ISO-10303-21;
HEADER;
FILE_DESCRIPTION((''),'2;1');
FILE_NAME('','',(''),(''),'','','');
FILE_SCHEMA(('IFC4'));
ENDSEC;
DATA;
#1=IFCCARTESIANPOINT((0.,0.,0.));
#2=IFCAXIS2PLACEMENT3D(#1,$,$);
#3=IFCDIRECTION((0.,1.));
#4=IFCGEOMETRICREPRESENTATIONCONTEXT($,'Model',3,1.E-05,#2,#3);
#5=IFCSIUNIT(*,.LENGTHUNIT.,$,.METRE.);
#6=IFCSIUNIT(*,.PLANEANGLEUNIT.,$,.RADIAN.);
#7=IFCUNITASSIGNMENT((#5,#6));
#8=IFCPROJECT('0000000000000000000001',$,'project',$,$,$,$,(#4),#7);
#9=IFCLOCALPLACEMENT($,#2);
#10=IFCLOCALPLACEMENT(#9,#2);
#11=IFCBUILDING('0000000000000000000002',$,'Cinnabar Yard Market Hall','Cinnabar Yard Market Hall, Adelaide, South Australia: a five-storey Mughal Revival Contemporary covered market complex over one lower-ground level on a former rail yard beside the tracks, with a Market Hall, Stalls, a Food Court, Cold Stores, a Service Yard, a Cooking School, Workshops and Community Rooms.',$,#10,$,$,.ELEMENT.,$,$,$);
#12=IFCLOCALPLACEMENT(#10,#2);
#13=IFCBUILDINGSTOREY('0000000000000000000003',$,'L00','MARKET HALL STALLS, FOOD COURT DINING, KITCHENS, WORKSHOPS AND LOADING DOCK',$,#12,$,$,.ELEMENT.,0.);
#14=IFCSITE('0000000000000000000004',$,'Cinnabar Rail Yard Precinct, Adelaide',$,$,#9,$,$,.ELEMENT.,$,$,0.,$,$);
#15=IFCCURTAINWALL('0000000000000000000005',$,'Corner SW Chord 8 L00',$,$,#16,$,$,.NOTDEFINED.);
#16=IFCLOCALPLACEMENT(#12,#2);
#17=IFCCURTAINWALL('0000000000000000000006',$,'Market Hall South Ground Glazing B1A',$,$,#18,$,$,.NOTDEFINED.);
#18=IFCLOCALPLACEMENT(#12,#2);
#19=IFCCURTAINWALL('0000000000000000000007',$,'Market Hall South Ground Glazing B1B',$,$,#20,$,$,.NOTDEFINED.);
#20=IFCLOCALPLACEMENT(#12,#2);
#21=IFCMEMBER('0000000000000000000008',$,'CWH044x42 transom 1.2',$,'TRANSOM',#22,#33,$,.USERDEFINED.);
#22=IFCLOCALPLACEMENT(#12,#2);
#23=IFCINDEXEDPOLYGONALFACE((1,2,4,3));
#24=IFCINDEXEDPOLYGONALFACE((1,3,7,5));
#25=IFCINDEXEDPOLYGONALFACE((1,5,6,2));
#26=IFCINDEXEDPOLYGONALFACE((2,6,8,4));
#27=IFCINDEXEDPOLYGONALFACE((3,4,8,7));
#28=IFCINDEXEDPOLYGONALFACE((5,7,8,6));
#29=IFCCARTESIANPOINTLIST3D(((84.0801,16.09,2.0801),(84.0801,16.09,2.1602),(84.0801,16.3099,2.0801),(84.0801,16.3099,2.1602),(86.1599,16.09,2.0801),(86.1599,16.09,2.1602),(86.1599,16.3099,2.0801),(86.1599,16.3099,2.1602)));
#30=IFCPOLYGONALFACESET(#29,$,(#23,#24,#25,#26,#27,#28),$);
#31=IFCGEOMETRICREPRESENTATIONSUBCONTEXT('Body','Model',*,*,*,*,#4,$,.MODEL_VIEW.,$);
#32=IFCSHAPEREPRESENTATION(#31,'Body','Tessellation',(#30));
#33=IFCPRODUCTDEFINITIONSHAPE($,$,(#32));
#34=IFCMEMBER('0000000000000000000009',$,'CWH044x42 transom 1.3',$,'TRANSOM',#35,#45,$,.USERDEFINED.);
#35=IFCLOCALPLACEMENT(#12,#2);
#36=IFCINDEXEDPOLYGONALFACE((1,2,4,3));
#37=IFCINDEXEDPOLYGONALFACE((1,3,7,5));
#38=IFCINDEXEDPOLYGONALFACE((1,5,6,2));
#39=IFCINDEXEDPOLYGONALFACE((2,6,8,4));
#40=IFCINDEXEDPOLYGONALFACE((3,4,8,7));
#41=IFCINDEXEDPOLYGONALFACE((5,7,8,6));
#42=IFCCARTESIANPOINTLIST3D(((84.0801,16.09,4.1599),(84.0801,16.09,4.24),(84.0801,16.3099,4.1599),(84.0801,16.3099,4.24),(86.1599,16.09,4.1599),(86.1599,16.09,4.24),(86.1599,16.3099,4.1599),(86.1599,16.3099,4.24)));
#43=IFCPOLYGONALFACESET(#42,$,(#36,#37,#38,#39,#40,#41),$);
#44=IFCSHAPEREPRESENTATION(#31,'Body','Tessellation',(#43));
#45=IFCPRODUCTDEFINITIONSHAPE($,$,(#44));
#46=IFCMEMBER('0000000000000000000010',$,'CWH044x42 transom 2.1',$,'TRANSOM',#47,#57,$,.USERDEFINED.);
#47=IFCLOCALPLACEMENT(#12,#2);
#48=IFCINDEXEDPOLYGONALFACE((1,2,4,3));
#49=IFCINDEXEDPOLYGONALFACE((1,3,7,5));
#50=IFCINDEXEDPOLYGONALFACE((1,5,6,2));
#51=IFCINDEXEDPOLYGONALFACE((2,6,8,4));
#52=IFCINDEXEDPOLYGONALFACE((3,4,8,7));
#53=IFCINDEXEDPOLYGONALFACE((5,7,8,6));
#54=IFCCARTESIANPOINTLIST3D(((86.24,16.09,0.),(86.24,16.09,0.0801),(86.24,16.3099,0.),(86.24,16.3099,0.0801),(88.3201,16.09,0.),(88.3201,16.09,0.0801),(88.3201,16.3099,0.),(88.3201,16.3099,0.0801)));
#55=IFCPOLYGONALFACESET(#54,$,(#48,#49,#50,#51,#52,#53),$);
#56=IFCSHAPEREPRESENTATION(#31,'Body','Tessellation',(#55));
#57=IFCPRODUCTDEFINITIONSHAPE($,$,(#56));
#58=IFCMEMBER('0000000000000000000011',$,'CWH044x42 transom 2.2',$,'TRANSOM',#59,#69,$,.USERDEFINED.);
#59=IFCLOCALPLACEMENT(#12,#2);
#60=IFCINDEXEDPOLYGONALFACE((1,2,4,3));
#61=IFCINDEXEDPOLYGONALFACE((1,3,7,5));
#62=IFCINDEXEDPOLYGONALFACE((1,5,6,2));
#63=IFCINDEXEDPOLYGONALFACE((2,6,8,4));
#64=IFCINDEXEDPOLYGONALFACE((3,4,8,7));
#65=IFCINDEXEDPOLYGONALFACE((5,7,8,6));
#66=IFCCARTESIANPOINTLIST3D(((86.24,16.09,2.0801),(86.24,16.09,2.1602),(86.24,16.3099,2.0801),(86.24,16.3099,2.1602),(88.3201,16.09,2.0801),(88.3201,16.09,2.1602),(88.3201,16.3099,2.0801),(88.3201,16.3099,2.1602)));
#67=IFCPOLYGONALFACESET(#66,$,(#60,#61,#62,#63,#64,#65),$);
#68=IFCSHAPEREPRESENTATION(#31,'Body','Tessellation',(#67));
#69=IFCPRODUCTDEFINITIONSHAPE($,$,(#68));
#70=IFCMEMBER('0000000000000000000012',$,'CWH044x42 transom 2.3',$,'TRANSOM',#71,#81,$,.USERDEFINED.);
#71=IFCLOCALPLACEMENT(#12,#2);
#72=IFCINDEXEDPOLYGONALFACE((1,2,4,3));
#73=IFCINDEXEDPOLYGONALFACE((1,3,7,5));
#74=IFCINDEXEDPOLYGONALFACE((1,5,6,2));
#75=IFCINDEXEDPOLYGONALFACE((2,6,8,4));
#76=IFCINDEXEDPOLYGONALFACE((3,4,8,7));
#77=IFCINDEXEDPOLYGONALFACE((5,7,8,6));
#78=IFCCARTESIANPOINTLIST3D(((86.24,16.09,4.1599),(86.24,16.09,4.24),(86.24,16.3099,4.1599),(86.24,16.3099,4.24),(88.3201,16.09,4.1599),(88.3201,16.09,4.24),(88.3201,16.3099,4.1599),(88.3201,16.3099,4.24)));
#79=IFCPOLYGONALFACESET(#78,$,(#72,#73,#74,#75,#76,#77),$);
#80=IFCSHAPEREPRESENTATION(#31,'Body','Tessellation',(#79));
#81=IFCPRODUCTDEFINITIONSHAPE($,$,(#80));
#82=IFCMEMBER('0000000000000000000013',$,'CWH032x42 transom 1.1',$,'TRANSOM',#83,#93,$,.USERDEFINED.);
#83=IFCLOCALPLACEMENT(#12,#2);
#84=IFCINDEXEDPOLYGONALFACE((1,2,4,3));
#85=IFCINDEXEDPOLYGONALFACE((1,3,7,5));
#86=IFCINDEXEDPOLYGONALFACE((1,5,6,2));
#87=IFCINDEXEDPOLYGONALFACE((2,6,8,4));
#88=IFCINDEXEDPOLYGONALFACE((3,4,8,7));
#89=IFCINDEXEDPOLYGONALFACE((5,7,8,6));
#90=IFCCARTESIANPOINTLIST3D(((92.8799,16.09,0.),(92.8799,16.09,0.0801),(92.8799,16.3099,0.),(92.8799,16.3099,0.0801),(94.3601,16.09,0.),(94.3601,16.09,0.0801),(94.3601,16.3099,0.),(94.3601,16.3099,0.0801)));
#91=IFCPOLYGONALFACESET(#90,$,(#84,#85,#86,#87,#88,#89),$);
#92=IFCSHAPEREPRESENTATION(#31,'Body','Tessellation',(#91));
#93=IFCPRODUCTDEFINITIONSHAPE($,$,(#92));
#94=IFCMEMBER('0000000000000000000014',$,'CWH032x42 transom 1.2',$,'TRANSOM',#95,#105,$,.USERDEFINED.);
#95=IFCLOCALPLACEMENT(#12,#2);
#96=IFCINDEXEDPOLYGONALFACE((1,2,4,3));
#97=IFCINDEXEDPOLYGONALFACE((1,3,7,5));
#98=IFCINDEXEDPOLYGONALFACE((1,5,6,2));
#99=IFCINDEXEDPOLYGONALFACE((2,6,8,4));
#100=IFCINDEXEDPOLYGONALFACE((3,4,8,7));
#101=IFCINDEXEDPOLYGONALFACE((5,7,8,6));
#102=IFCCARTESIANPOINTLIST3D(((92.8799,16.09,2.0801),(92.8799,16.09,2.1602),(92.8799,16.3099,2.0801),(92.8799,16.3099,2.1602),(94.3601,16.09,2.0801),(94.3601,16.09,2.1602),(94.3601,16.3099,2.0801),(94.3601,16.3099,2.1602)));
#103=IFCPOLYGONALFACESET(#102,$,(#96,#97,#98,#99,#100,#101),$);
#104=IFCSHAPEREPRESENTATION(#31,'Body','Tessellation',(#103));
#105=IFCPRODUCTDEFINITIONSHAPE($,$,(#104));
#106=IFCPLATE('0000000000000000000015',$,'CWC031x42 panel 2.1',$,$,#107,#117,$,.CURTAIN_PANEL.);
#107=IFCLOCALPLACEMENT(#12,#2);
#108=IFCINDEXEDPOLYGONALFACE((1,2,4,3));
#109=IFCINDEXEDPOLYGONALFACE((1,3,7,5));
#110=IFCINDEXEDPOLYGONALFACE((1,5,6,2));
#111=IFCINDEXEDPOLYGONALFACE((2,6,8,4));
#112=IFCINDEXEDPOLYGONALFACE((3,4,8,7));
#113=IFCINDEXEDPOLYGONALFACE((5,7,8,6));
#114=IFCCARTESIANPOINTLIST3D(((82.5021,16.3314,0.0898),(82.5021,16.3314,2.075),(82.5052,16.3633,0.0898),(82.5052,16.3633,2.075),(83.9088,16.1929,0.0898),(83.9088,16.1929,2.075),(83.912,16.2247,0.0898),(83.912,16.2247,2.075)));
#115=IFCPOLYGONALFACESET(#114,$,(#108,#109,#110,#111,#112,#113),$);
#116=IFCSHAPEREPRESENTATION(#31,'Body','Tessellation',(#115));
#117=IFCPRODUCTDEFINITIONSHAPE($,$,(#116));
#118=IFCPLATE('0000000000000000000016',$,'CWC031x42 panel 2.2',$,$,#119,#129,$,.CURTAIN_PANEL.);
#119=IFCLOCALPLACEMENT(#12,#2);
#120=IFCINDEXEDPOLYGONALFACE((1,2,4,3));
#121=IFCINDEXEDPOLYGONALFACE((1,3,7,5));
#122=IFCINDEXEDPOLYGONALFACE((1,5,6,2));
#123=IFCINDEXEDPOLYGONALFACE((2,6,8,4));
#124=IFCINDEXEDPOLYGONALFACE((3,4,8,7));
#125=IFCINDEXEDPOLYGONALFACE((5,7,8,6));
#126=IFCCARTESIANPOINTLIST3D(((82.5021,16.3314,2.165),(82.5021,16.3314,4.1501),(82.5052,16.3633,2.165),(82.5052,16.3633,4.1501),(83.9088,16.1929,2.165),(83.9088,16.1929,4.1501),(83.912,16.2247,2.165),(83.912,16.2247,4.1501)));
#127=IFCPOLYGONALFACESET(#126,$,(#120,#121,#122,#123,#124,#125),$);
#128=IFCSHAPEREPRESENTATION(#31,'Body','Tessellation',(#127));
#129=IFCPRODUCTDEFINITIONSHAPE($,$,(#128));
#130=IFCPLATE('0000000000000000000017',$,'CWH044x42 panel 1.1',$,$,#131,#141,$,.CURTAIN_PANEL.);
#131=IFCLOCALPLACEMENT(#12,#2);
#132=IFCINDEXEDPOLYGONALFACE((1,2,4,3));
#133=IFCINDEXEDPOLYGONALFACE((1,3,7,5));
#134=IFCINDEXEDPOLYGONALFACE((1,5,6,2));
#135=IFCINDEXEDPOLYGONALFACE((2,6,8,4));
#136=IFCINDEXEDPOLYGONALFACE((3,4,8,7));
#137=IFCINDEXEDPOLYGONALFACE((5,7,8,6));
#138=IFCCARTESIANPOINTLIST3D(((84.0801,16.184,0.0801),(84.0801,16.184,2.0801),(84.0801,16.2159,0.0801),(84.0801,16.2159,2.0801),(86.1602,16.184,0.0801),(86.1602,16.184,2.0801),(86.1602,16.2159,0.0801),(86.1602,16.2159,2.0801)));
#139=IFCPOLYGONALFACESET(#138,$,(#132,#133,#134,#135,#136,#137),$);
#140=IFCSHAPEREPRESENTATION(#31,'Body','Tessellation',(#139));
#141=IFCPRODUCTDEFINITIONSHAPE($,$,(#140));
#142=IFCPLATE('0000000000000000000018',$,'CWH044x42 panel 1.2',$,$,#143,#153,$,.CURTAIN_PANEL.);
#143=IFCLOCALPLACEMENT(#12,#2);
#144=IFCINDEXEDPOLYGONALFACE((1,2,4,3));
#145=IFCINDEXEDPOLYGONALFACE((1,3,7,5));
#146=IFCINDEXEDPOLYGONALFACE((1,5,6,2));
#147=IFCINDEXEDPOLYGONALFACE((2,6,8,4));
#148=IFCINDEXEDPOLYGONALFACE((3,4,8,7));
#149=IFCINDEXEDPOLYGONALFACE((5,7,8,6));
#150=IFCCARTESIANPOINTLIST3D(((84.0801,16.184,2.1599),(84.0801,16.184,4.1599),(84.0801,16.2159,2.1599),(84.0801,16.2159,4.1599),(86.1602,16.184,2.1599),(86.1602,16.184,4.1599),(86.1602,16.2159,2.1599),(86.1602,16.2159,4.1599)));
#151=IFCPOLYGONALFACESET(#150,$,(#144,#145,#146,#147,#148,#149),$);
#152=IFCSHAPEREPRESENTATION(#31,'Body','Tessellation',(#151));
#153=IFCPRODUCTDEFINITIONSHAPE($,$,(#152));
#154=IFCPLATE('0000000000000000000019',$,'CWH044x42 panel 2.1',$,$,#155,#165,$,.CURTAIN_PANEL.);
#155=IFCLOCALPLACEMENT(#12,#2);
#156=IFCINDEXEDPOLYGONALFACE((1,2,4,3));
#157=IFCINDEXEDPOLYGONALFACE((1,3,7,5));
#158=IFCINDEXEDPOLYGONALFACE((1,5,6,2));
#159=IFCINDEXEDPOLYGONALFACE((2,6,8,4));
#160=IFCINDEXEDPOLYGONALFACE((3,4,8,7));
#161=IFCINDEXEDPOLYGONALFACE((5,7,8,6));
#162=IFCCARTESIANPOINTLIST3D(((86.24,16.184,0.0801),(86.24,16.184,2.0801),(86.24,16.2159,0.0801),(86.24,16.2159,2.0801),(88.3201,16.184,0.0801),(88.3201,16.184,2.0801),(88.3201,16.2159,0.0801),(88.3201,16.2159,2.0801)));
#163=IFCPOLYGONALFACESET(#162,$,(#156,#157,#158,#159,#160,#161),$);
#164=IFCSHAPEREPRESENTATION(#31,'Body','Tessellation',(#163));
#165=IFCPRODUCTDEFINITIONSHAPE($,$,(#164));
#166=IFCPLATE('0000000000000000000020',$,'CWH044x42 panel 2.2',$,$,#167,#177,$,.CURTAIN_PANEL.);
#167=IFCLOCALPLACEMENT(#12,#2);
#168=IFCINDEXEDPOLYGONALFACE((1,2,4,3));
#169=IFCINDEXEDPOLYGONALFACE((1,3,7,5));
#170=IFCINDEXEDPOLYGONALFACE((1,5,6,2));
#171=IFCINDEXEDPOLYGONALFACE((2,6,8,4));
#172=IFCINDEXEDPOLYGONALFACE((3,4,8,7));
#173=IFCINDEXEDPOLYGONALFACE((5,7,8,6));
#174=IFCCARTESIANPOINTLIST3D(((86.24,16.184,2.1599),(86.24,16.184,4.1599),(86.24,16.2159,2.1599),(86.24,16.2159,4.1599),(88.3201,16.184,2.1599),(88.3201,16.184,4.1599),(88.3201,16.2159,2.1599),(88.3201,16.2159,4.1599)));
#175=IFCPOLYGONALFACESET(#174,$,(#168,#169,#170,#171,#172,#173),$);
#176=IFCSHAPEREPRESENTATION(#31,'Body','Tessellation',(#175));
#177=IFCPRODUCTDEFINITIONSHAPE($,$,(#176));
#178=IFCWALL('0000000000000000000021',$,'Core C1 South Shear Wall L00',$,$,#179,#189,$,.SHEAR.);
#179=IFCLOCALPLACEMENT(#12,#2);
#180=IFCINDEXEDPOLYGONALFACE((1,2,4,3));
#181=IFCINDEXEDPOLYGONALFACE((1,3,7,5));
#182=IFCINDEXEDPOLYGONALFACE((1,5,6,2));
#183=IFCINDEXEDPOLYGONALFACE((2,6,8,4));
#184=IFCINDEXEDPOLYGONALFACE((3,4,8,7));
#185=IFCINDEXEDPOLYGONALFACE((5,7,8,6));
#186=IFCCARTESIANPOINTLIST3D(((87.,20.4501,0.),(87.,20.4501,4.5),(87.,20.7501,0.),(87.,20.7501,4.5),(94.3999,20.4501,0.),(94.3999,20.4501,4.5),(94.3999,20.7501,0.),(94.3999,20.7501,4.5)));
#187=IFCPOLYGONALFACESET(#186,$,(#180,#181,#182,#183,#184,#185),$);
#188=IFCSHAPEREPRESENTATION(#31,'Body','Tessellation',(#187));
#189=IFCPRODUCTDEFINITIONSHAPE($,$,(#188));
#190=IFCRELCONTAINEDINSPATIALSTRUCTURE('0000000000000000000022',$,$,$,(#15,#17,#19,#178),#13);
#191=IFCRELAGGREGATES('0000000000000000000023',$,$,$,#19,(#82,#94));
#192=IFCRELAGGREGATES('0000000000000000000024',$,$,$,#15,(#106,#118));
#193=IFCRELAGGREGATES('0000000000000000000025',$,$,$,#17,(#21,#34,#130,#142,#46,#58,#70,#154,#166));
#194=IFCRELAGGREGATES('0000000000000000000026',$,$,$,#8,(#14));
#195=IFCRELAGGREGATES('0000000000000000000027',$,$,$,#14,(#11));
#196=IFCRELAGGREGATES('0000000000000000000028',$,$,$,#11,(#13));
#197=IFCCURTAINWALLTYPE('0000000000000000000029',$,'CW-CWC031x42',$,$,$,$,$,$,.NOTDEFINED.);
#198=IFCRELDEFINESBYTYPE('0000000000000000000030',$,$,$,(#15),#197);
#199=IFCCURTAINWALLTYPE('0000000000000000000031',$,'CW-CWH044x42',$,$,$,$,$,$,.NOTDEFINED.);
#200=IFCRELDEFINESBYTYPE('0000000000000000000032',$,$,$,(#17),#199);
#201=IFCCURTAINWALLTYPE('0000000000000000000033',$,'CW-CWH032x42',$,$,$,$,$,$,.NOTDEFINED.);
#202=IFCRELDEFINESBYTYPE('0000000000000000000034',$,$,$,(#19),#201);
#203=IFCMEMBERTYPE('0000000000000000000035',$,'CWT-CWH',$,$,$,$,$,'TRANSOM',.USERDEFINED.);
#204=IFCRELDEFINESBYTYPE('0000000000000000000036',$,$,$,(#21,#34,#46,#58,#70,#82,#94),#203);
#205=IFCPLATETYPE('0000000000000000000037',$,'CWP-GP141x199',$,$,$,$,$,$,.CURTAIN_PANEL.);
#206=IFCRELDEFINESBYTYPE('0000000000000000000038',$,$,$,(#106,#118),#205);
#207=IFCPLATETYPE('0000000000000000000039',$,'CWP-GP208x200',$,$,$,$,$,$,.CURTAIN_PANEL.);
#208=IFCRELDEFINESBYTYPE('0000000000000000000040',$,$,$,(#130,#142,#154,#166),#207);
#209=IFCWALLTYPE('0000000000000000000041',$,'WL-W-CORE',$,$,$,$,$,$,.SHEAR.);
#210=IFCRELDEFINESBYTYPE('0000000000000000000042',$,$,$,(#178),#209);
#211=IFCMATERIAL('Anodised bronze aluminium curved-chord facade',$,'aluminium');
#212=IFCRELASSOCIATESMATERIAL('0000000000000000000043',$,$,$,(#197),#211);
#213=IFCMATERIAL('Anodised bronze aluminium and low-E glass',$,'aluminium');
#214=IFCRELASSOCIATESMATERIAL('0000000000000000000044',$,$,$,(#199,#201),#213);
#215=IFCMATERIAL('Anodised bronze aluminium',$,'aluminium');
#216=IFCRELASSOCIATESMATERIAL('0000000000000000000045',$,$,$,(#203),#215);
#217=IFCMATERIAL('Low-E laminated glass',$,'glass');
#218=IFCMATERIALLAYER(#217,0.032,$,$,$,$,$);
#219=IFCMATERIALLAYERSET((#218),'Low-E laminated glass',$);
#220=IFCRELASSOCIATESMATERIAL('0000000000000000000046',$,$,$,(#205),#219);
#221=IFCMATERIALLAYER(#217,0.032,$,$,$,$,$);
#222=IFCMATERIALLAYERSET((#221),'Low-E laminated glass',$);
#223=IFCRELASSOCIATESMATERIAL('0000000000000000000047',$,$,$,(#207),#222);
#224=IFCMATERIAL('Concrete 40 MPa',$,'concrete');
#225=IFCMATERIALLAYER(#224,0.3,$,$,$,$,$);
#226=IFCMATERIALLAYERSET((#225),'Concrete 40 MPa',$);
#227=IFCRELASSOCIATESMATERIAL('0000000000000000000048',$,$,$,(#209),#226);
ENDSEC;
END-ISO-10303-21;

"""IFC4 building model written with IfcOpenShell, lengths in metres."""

from ifc_helpers import new_model, si_unit, direction, frame, frame_2d, origin, origin_2d_with_axis, place, context, subcontext, project, spatial, rectangle, extrude, material, layer, layer_set, material_profile, profile_set, type_object, element, aggregate, save


model = new_model("IFC4")

# Units and contexts
model_context = context("Model", 3, precision=1e-05, world=origin(), true_north=direction((0.0, 1.0)))
body_context = subcontext(model_context, "Body", "Model", "MODEL_VIEW")
ifc_project = project(units=[si_unit("LENGTHUNIT", "METRE"), si_unit("PLANEANGLEUNIT", "RADIAN")], contexts=[model_context])

# Site, building, storey
site_placement = place(None, origin())
site = spatial("IfcSite", under=ifc_project, at=site_placement, Name="Cinnabar Rail Yard Precinct, Adelaide", CompositionType="ELEMENT", RefElevation=0.0)
building_placement = place(site_placement, origin())
building = spatial("IfcBuilding", under=site, at=building_placement, Name="Cinnabar Yard Market Hall", Description="Cinnabar Yard Market Hall, Adelaide, South Australia: a five-storey Mughal Revival Contemporary covered market complex over one lower-ground level on a former rail yard beside the tracks, with a Market Hall, Stalls, a Food Court, Cold Stores, a Service Yard, a Cooking School, Workshops and Community Rooms.", CompositionType="ELEMENT")
storey_placement = place(building_placement, origin())
storey = spatial("IfcBuildingStorey", under=building, at=storey_placement, Name="L00", Description="MARKET HALL STALLS, FOOD COURT DINING, KITCHENS, WORKSHOPS AND LOADING DOCK", CompositionType="ELEMENT", Elevation=0.0)

# Curtain walls
ifc_material_1 = material(Name="Anodised bronze aluminium curved-chord facade", Category="aluminium")
curtain_wall_type_1 = type_object("IfcCurtainWallType", Name="CW-CWC031x42", PredefinedType="NOTDEFINED", material=ifc_material_1)
curtain_wall_1_placement = place(storey_placement, origin())
curtain_wall_1 = element("IfcCurtainWall", 1, at=curtain_wall_1_placement, inside=storey, type_object=curtain_wall_type_1, Name="Corner SW Chord 8 L00", PredefinedType="NOTDEFINED")
ifc_material_2 = material(Name="Anodised bronze aluminium", Category="aluminium")
ifc_material_3 = material(Name="Anodised bronze aluminium and low-E glass", Category="aluminium")
curtain_wall_type_2 = type_object("IfcCurtainWallType", Name="CW-CWH044x42", PredefinedType="NOTDEFINED", material=ifc_material_3)
curtain_wall_2_placement = place(storey_placement, origin())
curtain_wall_2 = element("IfcCurtainWall", 2, at=curtain_wall_2_placement, inside=storey, type_object=curtain_wall_type_2, Name="Market Hall South Ground Glazing B1A", PredefinedType="NOTDEFINED")

# Curtain wall
curtain_wall_type_3 = type_object("IfcCurtainWallType", Name="CW-CWH032x42", PredefinedType="NOTDEFINED", material=ifc_material_3)
curtain_wall_3_placement = place(storey_placement, origin())
curtain_wall_3 = element("IfcCurtainWall", 3, at=curtain_wall_3_placement, inside=storey, type_object=curtain_wall_type_3, Name="Market Hall South Ground Glazing B1B", PredefinedType="NOTDEFINED")

# Members
ifc_material_profile_1 = material_profile(ifc_material_2, rectangle(XDim=0.22, YDim=0.0801, at=origin_2d_with_axis()), Name="TRN-CWH")
ifc_profile_set_1 = profile_set([ifc_material_profile_1], Name="Anodised bronze aluminium")
member_type_1 = type_object("IfcMemberType", Name="CWT-CWH", ElementType="TRANSOM", PredefinedType="USERDEFINED", material=ifc_profile_set_1)
member_1_placement = place(storey_placement, frame((84.0801, 16.2, 2.1201), z_axis=(1.0, 0.0, 0.0), x_axis=(0.0, 1.0, 0.0)))
member_1 = element("IfcMember", 4, at=member_1_placement, type_object=member_type_1, Name="CWH044x42 transom 1.2", ObjectType="TRANSOM", PredefinedType="USERDEFINED", context=body_context, shape_type="SweptSolid", body=[
    extrude(rectangle(XDim=0.22, YDim=0.0801, at=origin_2d_with_axis()), origin(), (0.0, 0.0, 1.0), 2.0798),
])
member_2_placement = place(storey_placement, frame((84.0801, 16.2, 4.2), z_axis=(1.0, 0.0, 0.0), x_axis=(0.0, 1.0, 0.0)))
member_2 = element("IfcMember", 5, at=member_2_placement, type_object=member_type_1, Name="CWH044x42 transom 1.3", ObjectType="TRANSOM", PredefinedType="USERDEFINED", context=body_context, shape_type="SweptSolid", body=[
    extrude(rectangle(XDim=0.22, YDim=0.0801, at=origin_2d_with_axis()), origin(), (0.0, 0.0, 1.0), 2.0798),
])
member_3_placement = place(storey_placement, frame((86.24, 16.2, 0.04), z_axis=(1.0, 0.0, 0.0), x_axis=(0.0, 1.0, 0.0)))
member_3 = element("IfcMember", 6, at=member_3_placement, type_object=member_type_1, Name="CWH044x42 transom 2.1", ObjectType="TRANSOM", PredefinedType="USERDEFINED", context=body_context, shape_type="SweptSolid", body=[
    extrude(rectangle(XDim=0.22, YDim=0.0801, at=origin_2d_with_axis()), origin(), (0.0, 0.0, 1.0), 2.0801),
])
member_4_placement = place(storey_placement, frame((86.24, 16.2, 2.1201), z_axis=(1.0, 0.0, 0.0), x_axis=(0.0, 1.0, 0.0)))
member_4 = element("IfcMember", 7, at=member_4_placement, type_object=member_type_1, Name="CWH044x42 transom 2.2", ObjectType="TRANSOM", PredefinedType="USERDEFINED", context=body_context, shape_type="SweptSolid", body=[
    extrude(rectangle(XDim=0.22, YDim=0.0801, at=origin_2d_with_axis()), origin(), (0.0, 0.0, 1.0), 2.0801),
])
member_5_placement = place(storey_placement, frame((86.24, 16.2, 4.2), z_axis=(1.0, 0.0, 0.0), x_axis=(0.0, 1.0, 0.0)))
member_5 = element("IfcMember", 8, at=member_5_placement, type_object=member_type_1, Name="CWH044x42 transom 2.3", ObjectType="TRANSOM", PredefinedType="USERDEFINED", context=body_context, shape_type="SweptSolid", body=[
    extrude(rectangle(XDim=0.22, YDim=0.0801, at=origin_2d_with_axis()), origin(), (0.0, 0.0, 1.0), 2.0801),
])
member_6_placement = place(storey_placement, frame((92.8799, 16.2, 0.04), z_axis=(1.0, 0.0, 0.0), x_axis=(0.0, 1.0, 0.0)))
member_6 = element("IfcMember", 9, at=member_6_placement, type_object=member_type_1, Name="CWH032x42 transom 1.1", ObjectType="TRANSOM", PredefinedType="USERDEFINED", context=body_context, shape_type="SweptSolid", body=[
    extrude(rectangle(XDim=0.22, YDim=0.0801, at=origin_2d_with_axis()), origin(), (0.0, 0.0, 1.0), 1.4802),
])
member_7_placement = place(storey_placement, frame((92.8799, 16.2, 2.1201), z_axis=(1.0, 0.0, 0.0), x_axis=(0.0, 1.0, 0.0)))
member_7 = element("IfcMember", 10, at=member_7_placement, type_object=member_type_1, Name="CWH032x42 transom 1.2", ObjectType="TRANSOM", PredefinedType="USERDEFINED", context=body_context, shape_type="SweptSolid", body=[
    extrude(rectangle(XDim=0.22, YDim=0.0801, at=origin_2d_with_axis()), origin(), (0.0, 0.0, 1.0), 1.4802),
])
aggregate(curtain_wall_3, [member_6, member_7])

# Plates
ifc_material_4 = material(Name="Low-E laminated glass", Category="glass")
ifc_layer_1 = layer(ifc_material_4, 0.032)
ifc_layer_set_1 = layer_set([ifc_layer_1], Name="Low-E laminated glass")
plate_type_1 = type_object("IfcPlateType", Name="CWP-GP141x199", PredefinedType="CURTAIN_PANEL", material=ifc_layer_set_1)
plate_1_placement = place(storey_placement, frame((83.207, 16.2781, 0.0898), z_axis=(0.0, 0.0, 1.0), x_axis=(0.995184, -0.09802, 0.0)))
plate_1 = element("IfcPlate", 11, at=plate_1_placement, type_object=plate_type_1, Name="CWC031x42 panel 2.1", PredefinedType="CURTAIN_PANEL", context=body_context, shape_type="SweptSolid", body=[
    extrude(rectangle(XDim=1.4136, YDim=0.032, at=origin_2d_with_axis()), origin(), (0.0, 0.0, 1.0), 1.9851),
])
plate_2_placement = place(storey_placement, frame((83.207, 16.2781, 2.165), z_axis=(0.0, 0.0, 1.0), x_axis=(0.995184, -0.09802, 0.0)))
plate_2 = element("IfcPlate", 12, at=plate_2_placement, type_object=plate_type_1, Name="CWC031x42 panel 2.2", PredefinedType="CURTAIN_PANEL", context=body_context, shape_type="SweptSolid", body=[
    extrude(rectangle(XDim=1.4136, YDim=0.032, at=origin_2d_with_axis()), origin(), (0.0, 0.0, 1.0), 1.9851),
])
aggregate(curtain_wall_1, [plate_1, plate_2])
ifc_layer_2 = layer(ifc_material_4, 0.032)
ifc_layer_set_2 = layer_set([ifc_layer_2], Name="Low-E laminated glass")
plate_type_2 = type_object("IfcPlateType", Name="CWP-GP208x200", PredefinedType="CURTAIN_PANEL", material=ifc_layer_set_2)
plate_3_placement = place(storey_placement, frame((85.1201, 16.2, 0.0801), z_axis=(0.0, 0.0, 1.0), x_axis=(1.0, 0.0, 0.0)))
plate_3 = element("IfcPlate", 13, at=plate_3_placement, type_object=plate_type_2, Name="CWH044x42 panel 1.1", PredefinedType="CURTAIN_PANEL", context=body_context, shape_type="SweptSolid", body=[
    extrude(rectangle(XDim=2.0801, YDim=0.032, at=origin_2d_with_axis()), origin(), (0.0, 0.0, 1.0), 2.0),
])
plate_4_placement = place(storey_placement, frame((85.1201, 16.2, 2.1599), z_axis=(0.0, 0.0, 1.0), x_axis=(1.0, 0.0, 0.0)))
plate_4 = element("IfcPlate", 14, at=plate_4_placement, type_object=plate_type_2, Name="CWH044x42 panel 1.2", PredefinedType="CURTAIN_PANEL", context=body_context, shape_type="SweptSolid", body=[
    extrude(rectangle(XDim=2.0801, YDim=0.032, at=origin_2d_with_axis()), origin(), (0.0, 0.0, 1.0), 2.0),
])
plate_5_placement = place(storey_placement, frame((87.28, 16.2, 0.0801), z_axis=(0.0, 0.0, 1.0), x_axis=(1.0, 0.0, 0.0)))
plate_5 = element("IfcPlate", 15, at=plate_5_placement, type_object=plate_type_2, Name="CWH044x42 panel 2.1", PredefinedType="CURTAIN_PANEL", context=body_context, shape_type="SweptSolid", body=[
    extrude(rectangle(XDim=2.0801, YDim=0.032, at=origin_2d_with_axis()), origin(), (0.0, 0.0, 1.0), 2.0),
])
plate_6_placement = place(storey_placement, frame((87.28, 16.2, 2.1599), z_axis=(0.0, 0.0, 1.0), x_axis=(1.0, 0.0, 0.0)))
plate_6 = element("IfcPlate", 16, at=plate_6_placement, type_object=plate_type_2, Name="CWH044x42 panel 2.2", PredefinedType="CURTAIN_PANEL", context=body_context, shape_type="SweptSolid", body=[
    extrude(rectangle(XDim=2.0801, YDim=0.032, at=origin_2d_with_axis()), origin(), (0.0, 0.0, 1.0), 2.0),
])
aggregate(curtain_wall_2, [member_1, member_2, plate_3, plate_4, member_3, member_4, member_5, plate_5, plate_6])

# Wall
ifc_material_5 = material(Name="Concrete 40 MPa", Category="concrete")
ifc_layer_3 = layer(ifc_material_5, 0.3)
ifc_layer_set_3 = layer_set([ifc_layer_3], Name="Concrete 40 MPa")
wall_type_1 = type_object("IfcWallType", Name="WL-W-CORE", PredefinedType="SHEAR", material=ifc_layer_set_3)
wall_1_placement = place(storey_placement, frame((87.0, 20.6001, 0.0), z_axis=(0.0, 0.0, 1.0), x_axis=(1.0, 0.0, 0.0)))
element("IfcWall", 17, at=wall_1_placement, inside=storey, type_object=wall_type_1, Name="Core C1 South Shear Wall L00", PredefinedType="SHEAR", context=body_context, shape_type="SweptSolid", body=[
    extrude(rectangle(XDim=7.3999, YDim=0.3, at=frame_2d((3.7, 0.0), x_axis=(1.0, 0.0))), origin(), (0.0, 0.0, 1.0), 4.5),
])

save(model, "model.ifc")
